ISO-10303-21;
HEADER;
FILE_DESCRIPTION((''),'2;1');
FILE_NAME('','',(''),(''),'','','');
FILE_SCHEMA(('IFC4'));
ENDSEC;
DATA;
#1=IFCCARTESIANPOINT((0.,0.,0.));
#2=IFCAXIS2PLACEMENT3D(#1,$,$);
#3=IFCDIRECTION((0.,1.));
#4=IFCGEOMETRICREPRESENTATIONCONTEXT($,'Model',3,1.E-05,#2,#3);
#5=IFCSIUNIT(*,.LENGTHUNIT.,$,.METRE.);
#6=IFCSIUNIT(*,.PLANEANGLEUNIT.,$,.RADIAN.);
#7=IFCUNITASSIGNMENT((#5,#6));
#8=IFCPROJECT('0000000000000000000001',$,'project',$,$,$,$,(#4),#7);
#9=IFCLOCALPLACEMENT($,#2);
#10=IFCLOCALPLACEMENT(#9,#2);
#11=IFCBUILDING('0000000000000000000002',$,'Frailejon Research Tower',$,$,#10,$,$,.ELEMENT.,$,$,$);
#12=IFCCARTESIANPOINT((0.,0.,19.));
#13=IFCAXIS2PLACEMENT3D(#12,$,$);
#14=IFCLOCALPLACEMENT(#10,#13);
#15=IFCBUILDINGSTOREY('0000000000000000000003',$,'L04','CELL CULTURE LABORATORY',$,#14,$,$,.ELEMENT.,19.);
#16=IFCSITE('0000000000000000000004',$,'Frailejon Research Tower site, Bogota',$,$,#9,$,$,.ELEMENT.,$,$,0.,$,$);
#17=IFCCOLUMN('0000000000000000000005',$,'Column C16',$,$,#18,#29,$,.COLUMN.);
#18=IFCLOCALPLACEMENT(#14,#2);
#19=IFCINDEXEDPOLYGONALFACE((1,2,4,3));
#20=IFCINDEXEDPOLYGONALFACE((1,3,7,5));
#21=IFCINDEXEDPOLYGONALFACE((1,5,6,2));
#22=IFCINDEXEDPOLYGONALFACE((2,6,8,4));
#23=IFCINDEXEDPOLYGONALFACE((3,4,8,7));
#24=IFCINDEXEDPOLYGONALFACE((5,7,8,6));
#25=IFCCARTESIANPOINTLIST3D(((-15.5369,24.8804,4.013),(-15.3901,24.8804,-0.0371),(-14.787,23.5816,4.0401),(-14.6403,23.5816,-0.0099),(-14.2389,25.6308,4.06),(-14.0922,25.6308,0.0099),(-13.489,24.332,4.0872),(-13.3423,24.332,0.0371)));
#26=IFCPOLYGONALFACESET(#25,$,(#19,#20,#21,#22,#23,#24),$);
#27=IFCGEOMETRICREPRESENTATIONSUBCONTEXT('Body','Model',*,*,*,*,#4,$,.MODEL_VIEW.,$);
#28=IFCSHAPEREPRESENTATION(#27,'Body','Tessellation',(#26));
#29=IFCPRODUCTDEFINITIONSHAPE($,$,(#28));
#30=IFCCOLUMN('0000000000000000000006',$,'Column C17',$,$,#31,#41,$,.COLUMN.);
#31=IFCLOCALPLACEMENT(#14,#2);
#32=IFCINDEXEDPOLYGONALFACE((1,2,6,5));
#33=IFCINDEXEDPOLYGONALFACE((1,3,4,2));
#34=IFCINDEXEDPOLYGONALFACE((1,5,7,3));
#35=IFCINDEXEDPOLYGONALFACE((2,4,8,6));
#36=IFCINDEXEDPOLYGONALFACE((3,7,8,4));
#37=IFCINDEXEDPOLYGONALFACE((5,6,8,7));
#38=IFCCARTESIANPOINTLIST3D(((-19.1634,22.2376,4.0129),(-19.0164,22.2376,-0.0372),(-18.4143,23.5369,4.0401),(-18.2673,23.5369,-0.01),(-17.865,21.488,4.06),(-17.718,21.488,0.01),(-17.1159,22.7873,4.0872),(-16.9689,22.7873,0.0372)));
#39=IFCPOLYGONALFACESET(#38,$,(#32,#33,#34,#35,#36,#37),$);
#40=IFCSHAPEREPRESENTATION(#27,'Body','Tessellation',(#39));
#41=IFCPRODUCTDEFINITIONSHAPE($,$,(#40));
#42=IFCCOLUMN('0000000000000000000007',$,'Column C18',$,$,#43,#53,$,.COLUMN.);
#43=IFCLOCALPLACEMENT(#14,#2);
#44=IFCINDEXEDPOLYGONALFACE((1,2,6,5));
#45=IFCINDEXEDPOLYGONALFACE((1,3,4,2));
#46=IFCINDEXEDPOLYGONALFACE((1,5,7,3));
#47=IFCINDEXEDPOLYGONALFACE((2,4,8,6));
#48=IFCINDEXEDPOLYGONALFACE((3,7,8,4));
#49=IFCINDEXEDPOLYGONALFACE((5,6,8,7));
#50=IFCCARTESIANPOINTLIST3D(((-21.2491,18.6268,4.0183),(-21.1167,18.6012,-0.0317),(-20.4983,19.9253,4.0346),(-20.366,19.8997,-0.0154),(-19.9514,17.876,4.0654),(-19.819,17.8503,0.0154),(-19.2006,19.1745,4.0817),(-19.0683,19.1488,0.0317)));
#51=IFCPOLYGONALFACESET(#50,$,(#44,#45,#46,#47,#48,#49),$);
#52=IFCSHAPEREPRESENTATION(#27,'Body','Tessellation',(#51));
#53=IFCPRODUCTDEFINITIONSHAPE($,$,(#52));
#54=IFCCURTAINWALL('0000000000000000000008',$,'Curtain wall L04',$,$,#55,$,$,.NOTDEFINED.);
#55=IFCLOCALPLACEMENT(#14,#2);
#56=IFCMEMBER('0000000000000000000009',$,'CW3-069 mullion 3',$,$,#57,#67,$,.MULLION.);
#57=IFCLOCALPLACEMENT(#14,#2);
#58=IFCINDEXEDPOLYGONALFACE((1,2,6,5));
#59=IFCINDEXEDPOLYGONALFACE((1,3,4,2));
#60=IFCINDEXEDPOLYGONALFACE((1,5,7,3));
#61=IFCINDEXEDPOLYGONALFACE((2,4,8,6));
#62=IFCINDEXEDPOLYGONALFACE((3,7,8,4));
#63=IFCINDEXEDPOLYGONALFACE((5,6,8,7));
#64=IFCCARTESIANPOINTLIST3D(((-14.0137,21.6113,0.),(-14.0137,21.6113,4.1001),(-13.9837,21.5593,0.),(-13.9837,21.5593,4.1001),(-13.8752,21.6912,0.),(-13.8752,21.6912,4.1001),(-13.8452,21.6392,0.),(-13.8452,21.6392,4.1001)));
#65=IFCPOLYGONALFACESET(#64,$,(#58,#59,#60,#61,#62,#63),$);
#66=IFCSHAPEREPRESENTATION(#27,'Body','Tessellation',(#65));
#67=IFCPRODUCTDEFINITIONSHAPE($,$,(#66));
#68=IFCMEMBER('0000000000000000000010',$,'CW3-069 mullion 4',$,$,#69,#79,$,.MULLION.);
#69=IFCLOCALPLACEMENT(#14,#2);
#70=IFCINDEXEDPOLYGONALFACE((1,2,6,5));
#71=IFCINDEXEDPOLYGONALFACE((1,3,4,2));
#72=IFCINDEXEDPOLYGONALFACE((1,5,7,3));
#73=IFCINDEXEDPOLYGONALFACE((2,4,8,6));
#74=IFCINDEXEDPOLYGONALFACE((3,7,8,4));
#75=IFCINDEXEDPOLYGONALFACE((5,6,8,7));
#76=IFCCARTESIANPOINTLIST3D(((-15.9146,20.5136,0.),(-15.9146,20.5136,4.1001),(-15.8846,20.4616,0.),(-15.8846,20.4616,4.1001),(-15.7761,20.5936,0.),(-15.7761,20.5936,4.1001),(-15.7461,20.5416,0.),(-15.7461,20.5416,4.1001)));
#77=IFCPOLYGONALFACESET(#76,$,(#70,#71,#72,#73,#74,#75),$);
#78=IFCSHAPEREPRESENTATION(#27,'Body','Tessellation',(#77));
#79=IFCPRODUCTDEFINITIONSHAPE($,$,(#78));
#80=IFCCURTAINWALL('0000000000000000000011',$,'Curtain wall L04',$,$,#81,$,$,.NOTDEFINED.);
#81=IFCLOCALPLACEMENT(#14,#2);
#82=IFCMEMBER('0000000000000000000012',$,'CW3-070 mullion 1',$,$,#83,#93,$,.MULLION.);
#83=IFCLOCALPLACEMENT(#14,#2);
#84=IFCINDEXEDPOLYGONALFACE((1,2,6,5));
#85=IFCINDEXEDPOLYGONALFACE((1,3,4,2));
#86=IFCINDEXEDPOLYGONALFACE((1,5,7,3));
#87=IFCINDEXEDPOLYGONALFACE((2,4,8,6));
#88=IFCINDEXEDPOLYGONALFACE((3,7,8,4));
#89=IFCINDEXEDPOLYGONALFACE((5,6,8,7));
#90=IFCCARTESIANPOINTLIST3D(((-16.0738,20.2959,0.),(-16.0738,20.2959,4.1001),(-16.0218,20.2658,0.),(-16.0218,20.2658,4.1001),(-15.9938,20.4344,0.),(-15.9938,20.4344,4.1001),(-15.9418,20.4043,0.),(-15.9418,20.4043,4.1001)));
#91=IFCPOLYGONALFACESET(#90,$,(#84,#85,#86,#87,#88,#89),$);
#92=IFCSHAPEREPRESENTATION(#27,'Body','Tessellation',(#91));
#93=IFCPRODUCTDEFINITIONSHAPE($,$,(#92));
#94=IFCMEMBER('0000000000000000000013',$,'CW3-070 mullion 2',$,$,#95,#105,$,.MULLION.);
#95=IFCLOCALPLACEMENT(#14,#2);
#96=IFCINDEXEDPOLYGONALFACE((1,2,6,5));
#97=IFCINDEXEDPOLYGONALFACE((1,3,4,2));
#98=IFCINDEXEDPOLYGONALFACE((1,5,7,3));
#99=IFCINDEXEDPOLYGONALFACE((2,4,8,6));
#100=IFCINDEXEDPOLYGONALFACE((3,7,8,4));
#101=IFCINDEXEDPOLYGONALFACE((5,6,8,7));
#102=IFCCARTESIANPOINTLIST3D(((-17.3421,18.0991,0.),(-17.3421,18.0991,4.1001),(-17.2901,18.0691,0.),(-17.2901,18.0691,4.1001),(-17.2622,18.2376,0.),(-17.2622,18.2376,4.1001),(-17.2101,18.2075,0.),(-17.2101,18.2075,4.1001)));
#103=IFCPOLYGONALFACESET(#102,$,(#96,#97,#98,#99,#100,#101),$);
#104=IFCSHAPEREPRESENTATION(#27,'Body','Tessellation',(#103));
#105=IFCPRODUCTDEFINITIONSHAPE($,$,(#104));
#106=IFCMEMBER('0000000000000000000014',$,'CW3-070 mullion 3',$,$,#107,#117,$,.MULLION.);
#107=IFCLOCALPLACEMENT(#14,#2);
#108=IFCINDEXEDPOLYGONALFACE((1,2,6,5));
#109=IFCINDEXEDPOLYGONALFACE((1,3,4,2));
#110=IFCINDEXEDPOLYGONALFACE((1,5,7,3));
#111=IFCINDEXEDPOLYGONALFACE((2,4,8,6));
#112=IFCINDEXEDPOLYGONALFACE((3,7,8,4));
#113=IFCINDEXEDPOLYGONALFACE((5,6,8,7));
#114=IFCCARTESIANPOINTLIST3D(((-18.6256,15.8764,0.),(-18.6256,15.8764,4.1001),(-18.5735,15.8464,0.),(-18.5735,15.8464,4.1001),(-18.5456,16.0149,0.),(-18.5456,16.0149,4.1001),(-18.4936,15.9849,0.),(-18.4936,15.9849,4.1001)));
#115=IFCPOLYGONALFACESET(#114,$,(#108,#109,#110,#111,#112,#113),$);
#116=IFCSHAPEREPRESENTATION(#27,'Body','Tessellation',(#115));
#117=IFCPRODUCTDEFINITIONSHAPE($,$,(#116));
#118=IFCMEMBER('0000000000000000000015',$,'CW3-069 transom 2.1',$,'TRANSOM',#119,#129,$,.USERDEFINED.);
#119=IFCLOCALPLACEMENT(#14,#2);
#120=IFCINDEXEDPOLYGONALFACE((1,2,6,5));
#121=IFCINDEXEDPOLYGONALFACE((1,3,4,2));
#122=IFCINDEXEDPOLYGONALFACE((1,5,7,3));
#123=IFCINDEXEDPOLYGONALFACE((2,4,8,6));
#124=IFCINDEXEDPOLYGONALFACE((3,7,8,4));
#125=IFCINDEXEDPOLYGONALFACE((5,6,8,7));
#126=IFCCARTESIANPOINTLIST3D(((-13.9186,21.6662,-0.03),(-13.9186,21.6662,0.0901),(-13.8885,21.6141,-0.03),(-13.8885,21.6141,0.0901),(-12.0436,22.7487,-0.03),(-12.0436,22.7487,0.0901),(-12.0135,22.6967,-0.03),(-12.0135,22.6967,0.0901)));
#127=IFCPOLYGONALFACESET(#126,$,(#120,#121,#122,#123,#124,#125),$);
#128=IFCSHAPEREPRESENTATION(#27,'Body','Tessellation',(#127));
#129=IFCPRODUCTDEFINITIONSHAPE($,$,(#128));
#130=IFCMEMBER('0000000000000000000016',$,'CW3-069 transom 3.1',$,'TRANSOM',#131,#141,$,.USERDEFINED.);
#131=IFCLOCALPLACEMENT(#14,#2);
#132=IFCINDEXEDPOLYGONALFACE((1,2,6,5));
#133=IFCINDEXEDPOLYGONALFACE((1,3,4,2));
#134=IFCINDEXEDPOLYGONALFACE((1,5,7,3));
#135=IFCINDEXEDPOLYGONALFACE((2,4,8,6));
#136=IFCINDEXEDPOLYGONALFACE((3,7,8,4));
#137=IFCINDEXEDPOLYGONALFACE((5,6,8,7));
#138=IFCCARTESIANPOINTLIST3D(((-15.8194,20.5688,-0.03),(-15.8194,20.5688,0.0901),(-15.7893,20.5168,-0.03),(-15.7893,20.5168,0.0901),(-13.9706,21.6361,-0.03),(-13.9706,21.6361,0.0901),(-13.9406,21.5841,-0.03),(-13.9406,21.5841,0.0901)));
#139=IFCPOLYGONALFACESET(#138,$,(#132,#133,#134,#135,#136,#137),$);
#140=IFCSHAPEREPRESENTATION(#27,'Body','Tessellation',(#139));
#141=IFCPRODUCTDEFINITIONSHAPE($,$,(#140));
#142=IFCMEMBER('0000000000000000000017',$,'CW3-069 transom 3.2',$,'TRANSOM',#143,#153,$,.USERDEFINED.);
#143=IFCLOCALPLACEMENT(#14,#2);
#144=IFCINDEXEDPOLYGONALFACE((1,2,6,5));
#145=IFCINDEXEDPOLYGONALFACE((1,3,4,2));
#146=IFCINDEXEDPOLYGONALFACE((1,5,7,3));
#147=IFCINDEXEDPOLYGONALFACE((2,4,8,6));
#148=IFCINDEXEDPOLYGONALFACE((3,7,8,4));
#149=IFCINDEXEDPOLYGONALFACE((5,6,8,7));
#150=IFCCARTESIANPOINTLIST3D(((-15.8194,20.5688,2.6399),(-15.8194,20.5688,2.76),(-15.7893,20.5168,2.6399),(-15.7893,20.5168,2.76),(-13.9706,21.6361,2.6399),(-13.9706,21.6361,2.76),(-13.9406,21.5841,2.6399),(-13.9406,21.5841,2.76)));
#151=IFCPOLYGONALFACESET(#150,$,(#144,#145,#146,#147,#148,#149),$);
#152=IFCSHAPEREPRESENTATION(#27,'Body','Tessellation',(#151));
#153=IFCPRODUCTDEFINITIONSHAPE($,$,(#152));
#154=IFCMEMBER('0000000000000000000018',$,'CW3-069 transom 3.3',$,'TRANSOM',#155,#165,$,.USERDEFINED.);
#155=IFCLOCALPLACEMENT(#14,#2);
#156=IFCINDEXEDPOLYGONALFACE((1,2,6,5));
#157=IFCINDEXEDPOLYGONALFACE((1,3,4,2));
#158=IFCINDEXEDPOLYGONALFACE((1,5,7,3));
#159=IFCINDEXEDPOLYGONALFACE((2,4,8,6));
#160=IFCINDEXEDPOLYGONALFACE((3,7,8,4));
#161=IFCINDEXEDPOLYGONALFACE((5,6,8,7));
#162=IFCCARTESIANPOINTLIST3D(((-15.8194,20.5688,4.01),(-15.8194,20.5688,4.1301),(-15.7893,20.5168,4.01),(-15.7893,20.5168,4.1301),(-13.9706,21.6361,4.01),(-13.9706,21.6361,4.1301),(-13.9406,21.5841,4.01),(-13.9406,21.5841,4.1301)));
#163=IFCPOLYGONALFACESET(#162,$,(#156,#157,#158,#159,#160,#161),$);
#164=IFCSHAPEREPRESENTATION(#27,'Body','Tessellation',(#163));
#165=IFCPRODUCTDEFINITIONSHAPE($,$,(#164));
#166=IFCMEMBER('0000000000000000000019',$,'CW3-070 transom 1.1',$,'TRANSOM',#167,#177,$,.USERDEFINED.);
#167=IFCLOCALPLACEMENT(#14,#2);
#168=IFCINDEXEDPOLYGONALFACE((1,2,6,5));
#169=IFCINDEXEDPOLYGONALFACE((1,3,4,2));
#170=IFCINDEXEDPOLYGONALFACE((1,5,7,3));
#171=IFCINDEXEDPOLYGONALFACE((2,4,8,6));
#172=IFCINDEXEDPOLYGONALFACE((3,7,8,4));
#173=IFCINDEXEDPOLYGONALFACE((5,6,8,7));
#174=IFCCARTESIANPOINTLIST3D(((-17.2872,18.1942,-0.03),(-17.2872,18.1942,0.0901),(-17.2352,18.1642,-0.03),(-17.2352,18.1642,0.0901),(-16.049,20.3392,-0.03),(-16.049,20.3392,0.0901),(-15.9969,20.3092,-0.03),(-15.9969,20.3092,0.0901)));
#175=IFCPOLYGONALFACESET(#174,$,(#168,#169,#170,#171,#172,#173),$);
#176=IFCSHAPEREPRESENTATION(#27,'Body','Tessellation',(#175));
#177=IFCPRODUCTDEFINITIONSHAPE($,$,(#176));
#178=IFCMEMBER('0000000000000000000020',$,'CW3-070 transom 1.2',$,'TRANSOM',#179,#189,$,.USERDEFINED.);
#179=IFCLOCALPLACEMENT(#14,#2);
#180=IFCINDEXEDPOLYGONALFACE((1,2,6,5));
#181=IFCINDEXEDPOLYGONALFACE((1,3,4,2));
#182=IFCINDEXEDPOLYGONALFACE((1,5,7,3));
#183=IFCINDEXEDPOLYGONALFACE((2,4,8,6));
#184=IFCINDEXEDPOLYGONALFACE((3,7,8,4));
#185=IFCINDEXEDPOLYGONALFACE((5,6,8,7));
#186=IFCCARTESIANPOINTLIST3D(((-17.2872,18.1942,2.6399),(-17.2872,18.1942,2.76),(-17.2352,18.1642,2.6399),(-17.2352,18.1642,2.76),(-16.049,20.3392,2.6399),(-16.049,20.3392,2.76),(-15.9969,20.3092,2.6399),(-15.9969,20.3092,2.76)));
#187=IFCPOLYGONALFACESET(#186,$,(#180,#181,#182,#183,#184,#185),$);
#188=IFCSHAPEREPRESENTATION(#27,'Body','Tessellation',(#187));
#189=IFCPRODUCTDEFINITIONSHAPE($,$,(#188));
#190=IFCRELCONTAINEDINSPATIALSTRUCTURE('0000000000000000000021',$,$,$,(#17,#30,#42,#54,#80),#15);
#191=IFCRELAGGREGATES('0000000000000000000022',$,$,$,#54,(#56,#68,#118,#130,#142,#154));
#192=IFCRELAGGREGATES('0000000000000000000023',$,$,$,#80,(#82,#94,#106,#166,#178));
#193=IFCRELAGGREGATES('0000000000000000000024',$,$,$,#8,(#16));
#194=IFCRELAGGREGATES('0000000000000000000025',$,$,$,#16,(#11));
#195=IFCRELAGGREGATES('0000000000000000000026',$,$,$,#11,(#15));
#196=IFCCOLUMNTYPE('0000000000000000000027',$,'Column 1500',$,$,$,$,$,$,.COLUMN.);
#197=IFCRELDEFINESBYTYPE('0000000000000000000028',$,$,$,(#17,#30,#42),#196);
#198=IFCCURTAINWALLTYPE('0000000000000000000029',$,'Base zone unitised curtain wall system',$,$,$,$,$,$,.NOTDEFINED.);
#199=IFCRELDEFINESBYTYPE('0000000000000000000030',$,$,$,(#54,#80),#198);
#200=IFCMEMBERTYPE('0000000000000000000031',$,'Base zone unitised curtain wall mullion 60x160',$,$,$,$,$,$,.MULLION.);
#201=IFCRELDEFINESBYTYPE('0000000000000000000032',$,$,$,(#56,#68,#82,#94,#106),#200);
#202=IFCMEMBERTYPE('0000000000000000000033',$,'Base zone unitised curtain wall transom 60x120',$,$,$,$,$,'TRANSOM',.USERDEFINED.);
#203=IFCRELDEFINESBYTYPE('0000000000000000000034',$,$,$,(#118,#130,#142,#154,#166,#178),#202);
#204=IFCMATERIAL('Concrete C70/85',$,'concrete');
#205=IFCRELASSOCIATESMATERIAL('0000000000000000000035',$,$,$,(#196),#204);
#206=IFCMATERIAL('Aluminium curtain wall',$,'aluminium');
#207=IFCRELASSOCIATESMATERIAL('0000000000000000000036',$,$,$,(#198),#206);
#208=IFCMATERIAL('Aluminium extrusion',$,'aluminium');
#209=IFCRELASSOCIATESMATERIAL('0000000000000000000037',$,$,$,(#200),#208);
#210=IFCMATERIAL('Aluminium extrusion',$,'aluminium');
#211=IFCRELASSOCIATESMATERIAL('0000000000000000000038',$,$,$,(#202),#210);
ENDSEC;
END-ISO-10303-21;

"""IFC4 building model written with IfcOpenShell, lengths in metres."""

from ifc_helpers import new_model, si_unit, direction, frame, origin, origin_2d, place, context, subcontext, project, spatial, rectangle, extrude, material, material_profile, profile_set, type_object, element, aggregate, save


model = new_model("IFC4")

# Units and contexts
model_context = context("Model", 3, precision=1e-05, world=origin(), true_north=direction((0.0, 1.0)))
body_context = subcontext(model_context, "Body", "Model", "MODEL_VIEW")
ifc_project = project(units=[si_unit("LENGTHUNIT", "METRE"), si_unit("PLANEANGLEUNIT", "RADIAN")], contexts=[model_context])

# Site, building, storey
site_placement = place(None, origin())
site = spatial("IfcSite", under=ifc_project, at=site_placement, Name="Frailejon Research Tower site, Bogota", CompositionType="ELEMENT", RefElevation=0.0)
building_placement = place(site_placement, origin())
building = spatial("IfcBuilding", under=site, at=building_placement, Name="Frailejon Research Tower", CompositionType="ELEMENT")
storey_placement = place(building_placement, frame((0.0, 0.0, 19.0)))
storey = spatial("IfcBuildingStorey", under=building, at=storey_placement, Name="L04", Description="CELL CULTURE LABORATORY", CompositionType="ELEMENT", Elevation=19.0)

# Columns
ifc_material_1 = material(Name="Concrete C70/85", Category="concrete")
ifc_material_profile_1 = material_profile(ifc_material_1, rectangle(XDim=1.5, YDim=1.5, at=origin_2d()), Name="Column 1500")
ifc_profile_set_1 = profile_set([ifc_material_profile_1], Name="Concrete C70/85")
column_type = type_object("IfcColumnType", Name="Column 1500", PredefinedType="COLUMN", material=ifc_profile_set_1)
for number, where, z_axis, x_axis, name in (
    (1, (-14.3662, 24.6062, 0.0), (-0.036205, 0.0, 0.999344), (-0.865315, -0.500246, -0.031349), "Column C16"),
    (2, (-17.9927, 22.5125, 0.0), (-0.036265, 0.0, 0.999342), (-0.499425, -0.866168, -0.018124), "Column C17"),
):
    element("IfcColumn", number, at=place(storey_placement, frame(where, z_axis=z_axis, x_axis=x_axis)), inside=storey, type_object=column_type, Name=name, PredefinedType="COLUMN", context=body_context, shape_type="SweptSolid", body=[
        extrude(rectangle(XDim=1.5, YDim=1.5, at=origin_2d()), origin(), (0.0, 0.0, 1.0), 4.0527),
    ])
column_placement = place(storey_placement, frame((-20.0925, 18.875, 0.0), z_axis=(-0.032654, 0.006326, 0.999447), x_axis=(-0.500479, -0.865681, -0.010872)))
element("IfcColumn", 3, at=column_placement, inside=storey, type_object=column_type, Name="Column C18", PredefinedType="COLUMN", context=body_context, shape_type="SweptSolid", body=[
    extrude(rectangle(XDim=1.5, YDim=1.5, at=origin_2d()), origin(), (0.0, 0.0, 1.0), 4.0522),
])

# Curtain walls, members
ifc_material_2 = material(Name="Aluminium curtain wall", Category="aluminium")
curtain_wall_type = type_object("IfcCurtainWallType", Name="Base zone unitised curtain wall system", PredefinedType="NOTDEFINED", material=ifc_material_2)
curtain_wall_1_placement = place(storey_placement, origin())
curtain_wall_1 = element("IfcCurtainWall", 4, at=curtain_wall_1_placement, inside=storey, type_object=curtain_wall_type, Name="Curtain wall L04", PredefinedType="NOTDEFINED")
ifc_material_3 = material(Name="Aluminium extrusion", Category="aluminium")
ifc_material_profile_2 = material_profile(ifc_material_3, rectangle(XDim=0.0601, YDim=0.1599, at=origin_2d()), Name="Base zone unitised curtain wall mullion 60x160")
ifc_profile_set_2 = profile_set([ifc_material_profile_2], Name="Aluminium extrusion")
member_type_1 = type_object("IfcMemberType", Name="Base zone unitised curtain wall mullion 60x160", PredefinedType="MULLION", material=ifc_profile_set_2)
member_1_placement = place(storey_placement, frame((-13.9294, 21.6252, 0.0), z_axis=(0.0, 0.0, 1.0), x_axis=(0.499998, -0.866026, 0.0)))
member_1 = element("IfcMember", 5, at=member_1_placement, type_object=member_type_1, Name="CW3-069 mullion 3", PredefinedType="MULLION", context=body_context, shape_type="SweptSolid", body=[
    extrude(rectangle(XDim=0.0601, YDim=0.1599, at=origin_2d()), origin(), (0.0, 0.0, 1.0), 4.1001),
])
member_2_placement = place(storey_placement, frame((-15.8303, 20.5276, 0.0), z_axis=(0.0, 0.0, 1.0), x_axis=(0.499998, -0.866026, 0.0)))
member_2 = element("IfcMember", 6, at=member_2_placement, type_object=member_type_1, Name="CW3-069 mullion 4", PredefinedType="MULLION", context=body_context, shape_type="SweptSolid", body=[
    extrude(rectangle(XDim=0.0601, YDim=0.1599, at=origin_2d()), origin(), (0.0, 0.0, 1.0), 4.1001),
])
curtain_wall_2_placement = place(storey_placement, origin())
curtain_wall_2 = element("IfcCurtainWall", 7, at=curtain_wall_2_placement, inside=storey, type_object=curtain_wall_type, Name="Curtain wall L04", PredefinedType="NOTDEFINED")
member_3_placement = place(storey_placement, frame((-16.0078, 20.3501, 0.0), z_axis=(0.0, 0.0, 1.0), x_axis=(0.866028, -0.499996, 0.0)))
member_3 = element("IfcMember", 8, at=member_3_placement, type_object=member_type_1, Name="CW3-070 mullion 1", PredefinedType="MULLION", context=body_context, shape_type="SweptSolid", body=[
    extrude(rectangle(XDim=0.0601, YDim=0.1599, at=origin_2d()), origin(), (0.0, 0.0, 1.0), 4.1001),
])
member_4_placement = place(storey_placement, frame((-17.2761, 18.1533, 0.0), z_axis=(0.0, 0.0, 1.0), x_axis=(0.866028, -0.499996, 0.0)))
member_4 = element("IfcMember", 9, at=member_4_placement, type_object=member_type_1, Name="CW3-070 mullion 2", PredefinedType="MULLION", context=body_context, shape_type="SweptSolid", body=[
    extrude(rectangle(XDim=0.0601, YDim=0.1599, at=origin_2d()), origin(), (0.0, 0.0, 1.0), 4.1001),
])
member_5_placement = place(storey_placement, frame((-18.5596, 15.9307, 0.0), z_axis=(0.0, 0.0, 1.0), x_axis=(0.866028, -0.499996, 0.0)))
member_5 = element("IfcMember", 10, at=member_5_placement, type_object=member_type_1, Name="CW3-070 mullion 3", PredefinedType="MULLION", context=body_context, shape_type="SweptSolid", body=[
    extrude(rectangle(XDim=0.0601, YDim=0.1599, at=origin_2d()), origin(), (0.0, 0.0, 1.0), 4.1001),
])

# Members
ifc_material_4 = material(Name="Aluminium extrusion", Category="aluminium")
ifc_material_profile_3 = material_profile(ifc_material_4, rectangle(XDim=0.0601, YDim=0.1201, at=origin_2d()), Name="Base zone unitised curtain wall transom 60x120")
ifc_profile_set_3 = profile_set([ifc_material_profile_3], Name="Aluminium extrusion")
member_type_2 = type_object("IfcMemberType", Name="Base zone unitised curtain wall transom 60x120", ElementType="TRANSOM", PredefinedType="USERDEFINED", material=ifc_profile_set_3)
member_6_placement = place(storey_placement, frame((-12.0286, 22.7227, 0.03), z_axis=(-0.866028, -0.499996, 0.0), x_axis=(0.499996, -0.866028, 0.0)))
member_6 = element("IfcMember", 11, at=member_6_placement, type_object=member_type_2, Name="CW3-069 transom 2.1", ObjectType="TRANSOM", PredefinedType="USERDEFINED", context=body_context, shape_type="SweptSolid", body=[
    extrude(rectangle(XDim=0.0601, YDim=0.1201, at=origin_2d()), origin(), (0.0, 0.0, 1.0), 2.165),
])
member_7_placement = place(storey_placement, frame((-13.9556, 21.6101, 0.03), z_axis=(-0.866039, -0.499977, 0.0), x_axis=(0.499977, -0.866039, 0.0)))
member_7 = element("IfcMember", 12, at=member_7_placement, type_object=member_type_2, Name="CW3-069 transom 3.1", ObjectType="TRANSOM", PredefinedType="USERDEFINED", context=body_context, shape_type="SweptSolid", body=[
    extrude(rectangle(XDim=0.0601, YDim=0.1201, at=origin_2d()), origin(), (0.0, 0.0, 1.0), 2.1348),
])
member_8_placement = place(storey_placement, frame((-13.9556, 21.6101, 2.7), z_axis=(-0.866039, -0.499977, 0.0), x_axis=(0.499977, -0.866039, 0.0)))
member_8 = element("IfcMember", 13, at=member_8_placement, type_object=member_type_2, Name="CW3-069 transom 3.2", ObjectType="TRANSOM", PredefinedType="USERDEFINED", context=body_context, shape_type="SweptSolid", body=[
    extrude(rectangle(XDim=0.0601, YDim=0.1201, at=origin_2d()), origin(), (0.0, 0.0, 1.0), 2.1348),
])
member_9_placement = place(storey_placement, frame((-13.9556, 21.6101, 4.0701), z_axis=(-0.866039, -0.499977, 0.0), x_axis=(0.499977, -0.866039, 0.0)))
member_9 = element("IfcMember", 14, at=member_9_placement, type_object=member_type_2, Name="CW3-069 transom 3.3", ObjectType="TRANSOM", PredefinedType="USERDEFINED", context=body_context, shape_type="SweptSolid", body=[
    extrude(rectangle(XDim=0.0601, YDim=0.1201, at=origin_2d()), origin(), (0.0, 0.0, 1.0), 2.1348),
])
member_10_placement = place(storey_placement, frame((-16.0229, 20.3242, 0.03), z_axis=(-0.499956, -0.866051, 0.0), x_axis=(0.866051, -0.499956, 0.0)))
member_10 = element("IfcMember", 15, at=member_10_placement, type_object=member_type_2, Name="CW3-070 transom 1.1", ObjectType="TRANSOM", PredefinedType="USERDEFINED", context=body_context, shape_type="SweptSolid", body=[
    extrude(rectangle(XDim=0.0601, YDim=0.1201, at=origin_2d()), origin(), (0.0, 0.0, 1.0), 2.4768),
])
member_11_placement = place(storey_placement, frame((-16.0229, 20.3242, 2.7), z_axis=(-0.499956, -0.866051, 0.0), x_axis=(0.866051, -0.499956, 0.0)))
member_11 = element("IfcMember", 16, at=member_11_placement, type_object=member_type_2, Name="CW3-070 transom 1.2", ObjectType="TRANSOM", PredefinedType="USERDEFINED", context=body_context, shape_type="SweptSolid", body=[
    extrude(rectangle(XDim=0.0601, YDim=0.1201, at=origin_2d()), origin(), (0.0, 0.0, 1.0), 2.4768),
])

aggregate(curtain_wall_1, [member_1, member_2, member_6, member_7, member_8, member_9])
aggregate(curtain_wall_2, [member_3, member_4, member_5, member_10, member_11])

save(model, "model.ifc")
